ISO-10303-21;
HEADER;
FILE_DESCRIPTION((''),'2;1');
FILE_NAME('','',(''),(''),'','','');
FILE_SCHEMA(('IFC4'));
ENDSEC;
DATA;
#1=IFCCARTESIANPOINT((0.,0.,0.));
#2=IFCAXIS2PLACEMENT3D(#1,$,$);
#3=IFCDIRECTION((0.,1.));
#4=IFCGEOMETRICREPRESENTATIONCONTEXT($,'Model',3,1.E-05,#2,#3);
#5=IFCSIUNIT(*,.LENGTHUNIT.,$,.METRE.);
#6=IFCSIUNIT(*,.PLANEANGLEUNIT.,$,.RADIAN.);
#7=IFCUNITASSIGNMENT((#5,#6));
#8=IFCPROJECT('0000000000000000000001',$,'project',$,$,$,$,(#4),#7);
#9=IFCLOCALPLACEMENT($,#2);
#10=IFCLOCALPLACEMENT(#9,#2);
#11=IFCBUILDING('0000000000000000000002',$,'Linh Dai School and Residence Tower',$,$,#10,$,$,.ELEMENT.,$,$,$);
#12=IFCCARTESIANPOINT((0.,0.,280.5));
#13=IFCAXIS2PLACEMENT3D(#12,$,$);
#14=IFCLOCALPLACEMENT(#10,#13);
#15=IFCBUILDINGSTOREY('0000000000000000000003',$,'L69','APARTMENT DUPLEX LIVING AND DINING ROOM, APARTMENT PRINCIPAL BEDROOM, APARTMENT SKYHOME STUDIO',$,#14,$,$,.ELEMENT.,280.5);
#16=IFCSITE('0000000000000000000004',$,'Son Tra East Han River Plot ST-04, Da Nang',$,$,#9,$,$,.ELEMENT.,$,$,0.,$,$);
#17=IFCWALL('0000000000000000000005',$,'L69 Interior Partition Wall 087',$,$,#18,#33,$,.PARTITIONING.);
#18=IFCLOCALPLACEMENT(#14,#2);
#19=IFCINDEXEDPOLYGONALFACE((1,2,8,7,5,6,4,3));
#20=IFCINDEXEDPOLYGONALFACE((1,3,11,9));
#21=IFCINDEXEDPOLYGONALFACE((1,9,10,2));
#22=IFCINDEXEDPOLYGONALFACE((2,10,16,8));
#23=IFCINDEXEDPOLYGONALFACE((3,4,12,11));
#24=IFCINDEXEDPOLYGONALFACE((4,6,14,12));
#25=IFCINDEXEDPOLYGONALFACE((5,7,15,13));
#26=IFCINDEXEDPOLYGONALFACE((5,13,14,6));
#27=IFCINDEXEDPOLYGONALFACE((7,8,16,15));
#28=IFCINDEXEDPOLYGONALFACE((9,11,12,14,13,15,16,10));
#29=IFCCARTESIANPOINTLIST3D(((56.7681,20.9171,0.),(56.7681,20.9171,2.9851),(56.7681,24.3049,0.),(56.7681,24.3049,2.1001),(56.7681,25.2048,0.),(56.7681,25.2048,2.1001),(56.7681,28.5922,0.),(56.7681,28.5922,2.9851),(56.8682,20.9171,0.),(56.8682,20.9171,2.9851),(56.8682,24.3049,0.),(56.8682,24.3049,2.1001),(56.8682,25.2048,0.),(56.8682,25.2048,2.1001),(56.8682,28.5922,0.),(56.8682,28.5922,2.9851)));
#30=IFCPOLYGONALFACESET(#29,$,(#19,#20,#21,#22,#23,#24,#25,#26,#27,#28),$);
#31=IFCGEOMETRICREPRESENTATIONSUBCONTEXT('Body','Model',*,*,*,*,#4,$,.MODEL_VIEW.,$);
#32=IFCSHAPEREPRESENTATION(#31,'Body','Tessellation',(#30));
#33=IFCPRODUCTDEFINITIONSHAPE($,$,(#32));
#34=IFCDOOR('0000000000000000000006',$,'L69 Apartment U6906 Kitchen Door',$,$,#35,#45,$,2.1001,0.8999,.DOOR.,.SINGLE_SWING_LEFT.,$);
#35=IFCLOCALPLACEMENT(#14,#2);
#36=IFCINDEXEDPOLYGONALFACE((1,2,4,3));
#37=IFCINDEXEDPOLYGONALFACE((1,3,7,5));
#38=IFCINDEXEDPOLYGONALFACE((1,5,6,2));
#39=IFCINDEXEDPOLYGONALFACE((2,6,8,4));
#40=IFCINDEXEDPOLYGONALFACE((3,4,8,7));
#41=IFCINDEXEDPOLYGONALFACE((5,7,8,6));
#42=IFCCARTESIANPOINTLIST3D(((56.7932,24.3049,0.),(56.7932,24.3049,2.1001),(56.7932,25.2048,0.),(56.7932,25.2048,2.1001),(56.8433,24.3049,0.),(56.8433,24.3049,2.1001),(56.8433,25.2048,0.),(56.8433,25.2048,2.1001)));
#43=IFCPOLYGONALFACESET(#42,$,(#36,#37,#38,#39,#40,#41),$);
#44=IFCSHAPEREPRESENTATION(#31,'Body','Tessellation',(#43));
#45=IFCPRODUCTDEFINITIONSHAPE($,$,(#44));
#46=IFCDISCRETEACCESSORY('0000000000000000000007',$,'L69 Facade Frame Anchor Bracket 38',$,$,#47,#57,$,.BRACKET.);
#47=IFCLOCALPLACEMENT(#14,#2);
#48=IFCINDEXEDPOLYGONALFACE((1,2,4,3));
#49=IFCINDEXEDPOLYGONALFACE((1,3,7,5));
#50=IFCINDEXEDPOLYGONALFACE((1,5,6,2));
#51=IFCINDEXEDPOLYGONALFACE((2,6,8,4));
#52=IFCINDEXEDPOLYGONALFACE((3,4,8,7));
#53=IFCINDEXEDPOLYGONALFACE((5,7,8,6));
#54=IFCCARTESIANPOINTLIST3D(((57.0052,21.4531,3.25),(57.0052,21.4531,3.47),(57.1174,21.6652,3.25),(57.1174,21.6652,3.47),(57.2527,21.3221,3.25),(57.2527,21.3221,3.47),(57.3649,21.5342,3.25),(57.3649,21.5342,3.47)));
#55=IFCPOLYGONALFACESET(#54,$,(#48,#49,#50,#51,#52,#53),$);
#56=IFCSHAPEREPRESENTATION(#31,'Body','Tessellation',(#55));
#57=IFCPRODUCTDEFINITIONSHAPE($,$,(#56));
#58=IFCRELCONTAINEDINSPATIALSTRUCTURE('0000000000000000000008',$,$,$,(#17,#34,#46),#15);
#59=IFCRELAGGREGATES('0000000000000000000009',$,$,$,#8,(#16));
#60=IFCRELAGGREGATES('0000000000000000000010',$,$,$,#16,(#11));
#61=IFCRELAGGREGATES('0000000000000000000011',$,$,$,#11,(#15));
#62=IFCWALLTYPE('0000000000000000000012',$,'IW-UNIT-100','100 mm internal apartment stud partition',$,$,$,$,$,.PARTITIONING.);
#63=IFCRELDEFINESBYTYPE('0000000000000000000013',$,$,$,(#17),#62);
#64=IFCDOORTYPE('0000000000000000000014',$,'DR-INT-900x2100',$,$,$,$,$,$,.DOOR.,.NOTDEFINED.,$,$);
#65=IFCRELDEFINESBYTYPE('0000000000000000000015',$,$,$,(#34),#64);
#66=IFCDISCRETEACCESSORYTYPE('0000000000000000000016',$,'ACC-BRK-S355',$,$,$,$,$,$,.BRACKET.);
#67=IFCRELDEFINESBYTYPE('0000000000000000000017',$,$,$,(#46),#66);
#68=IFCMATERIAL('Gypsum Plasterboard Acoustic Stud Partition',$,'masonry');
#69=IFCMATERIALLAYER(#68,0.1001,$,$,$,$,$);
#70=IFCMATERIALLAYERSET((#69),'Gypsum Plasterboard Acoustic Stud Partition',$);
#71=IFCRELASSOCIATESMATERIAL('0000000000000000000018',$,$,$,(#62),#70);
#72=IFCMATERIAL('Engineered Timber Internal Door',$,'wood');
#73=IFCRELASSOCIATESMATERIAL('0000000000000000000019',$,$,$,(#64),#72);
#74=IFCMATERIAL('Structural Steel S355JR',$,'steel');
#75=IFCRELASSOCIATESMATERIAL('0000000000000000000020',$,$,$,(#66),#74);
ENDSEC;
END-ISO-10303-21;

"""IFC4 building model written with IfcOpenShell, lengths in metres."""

from ifc_helpers import new_model, si_unit, direction, frame, frame_2d, origin, origin_2d, place, context, subcontext, project, spatial, rectangle, extrude, source, transform, mapped, material, layer, layer_set, type_object, element, fill, save


model = new_model("IFC4")

# Units and contexts
model_context = context("Model", 3, precision=1e-05, world=origin(), true_north=direction((0.0, 1.0)))
body_context = subcontext(model_context, "Body", "Model", "MODEL_VIEW")
ifc_project = project(units=[si_unit("LENGTHUNIT", "METRE"), si_unit("PLANEANGLEUNIT", "RADIAN")], contexts=[model_context])

# Site, building, storey
site_placement = place(None, origin())
site = spatial("IfcSite", under=ifc_project, at=site_placement, Name="Son Tra East Han River Plot ST-04, Da Nang", CompositionType="ELEMENT", RefElevation=0.0)
building_placement = place(site_placement, origin())
building = spatial("IfcBuilding", under=site, at=building_placement, Name="Linh Dai School and Residence Tower", CompositionType="ELEMENT")
storey_placement = place(building_placement, frame((0.0, 0.0, 280.5)))
storey = spatial("IfcBuildingStorey", under=building, at=storey_placement, Name="L69", Description="APARTMENT DUPLEX LIVING AND DINING ROOM, APARTMENT PRINCIPAL BEDROOM, APARTMENT SKYHOME STUDIO", CompositionType="ELEMENT", Elevation=280.5)

# Shared definitions
ifc_material_1 = material(Name="Structural Steel S355JR", Category="steel")

# Wall, opening, door
ifc_material_2 = material(Name="Gypsum Plasterboard Acoustic Stud Partition", Category="masonry")
ifc_layer_1 = layer(ifc_material_2, 0.1001)
ifc_layer_set_1 = layer_set([ifc_layer_1], Name="Gypsum Plasterboard Acoustic Stud Partition")
wall_type_1 = type_object("IfcWallType", Name="IW-UNIT-100", Description="100 mm internal apartment stud partition", PredefinedType="PARTITIONING", material=ifc_layer_set_1)
ifc_material_3 = material(Name="Engineered Timber Internal Door", Category="wood")
door_type_1 = type_object("IfcDoorType", Name="DR-INT-900x2100", OperationType="NOTDEFINED", PredefinedType="DOOR", material=ifc_material_3)
shared_shape_1 = source(origin(), body_context, "Body", "SweptSolid", [
    extrude(rectangle(XDim=0.8999, YDim=2.1001, at=origin_2d()), frame((0.45, 0.0249, 1.05), z_axis=(0.0, -1.0, 0.0), x_axis=(1.0, 0.0, 0.0)), (0.0, 0.0, 1.0), 0.05),
])
wall_1_placement = place(storey_placement, frame((56.8181, 20.9172, 0.0), z_axis=(0.0, 0.0, 1.0), x_axis=(0.0, 1.0, 0.0)))
wall_1 = element("IfcWall", 1, at=wall_1_placement, inside=storey, type_object=wall_type_1, Name="L69 Interior Partition Wall 087", PredefinedType="PARTITIONING", context=body_context, shape_type="SweptSolid", body=[
    extrude(rectangle(XDim=7.675, YDim=0.1001, at=frame_2d((3.8374, 0.0))), origin(), (0.0, 0.0, 1.0), 2.9851),
])
opening_1_placement = place(wall_1_placement, frame((3.3877, 0.0, 0.0)))
opening_1 = element("IfcOpeningElement", 2, at=opening_1_placement, cuts=wall_1, PredefinedType="OPENING", context=body_context, shape_type="SweptSolid", body=[
    extrude(rectangle(XDim=0.8999, YDim=2.1001, at=origin_2d()), frame((0.45, 0.0601, 1.05), z_axis=(0.0, -1.0, 0.0), x_axis=(1.0, 0.0, 0.0)), (0.0, 0.0, 1.0), 0.1201),
])
door_1_placement = place(opening_1_placement, origin())
door_1 = element("IfcDoor", 3, at=door_1_placement, inside=storey, type_object=door_type_1, Name="L69 Apartment U6906 Kitchen Door", OperationType="SINGLE_SWING_LEFT", OverallHeight=2.1001, OverallWidth=0.8999, PredefinedType="DOOR", context=body_context, shape_type="MappedRepresentation", body=[
    mapped(shared_shape_1, transform((0.0, 0.0, 0.0), x_axis=(1.0, 0.0, 0.0), y_axis=(0.0, 1.0, 0.0), z_axis=(0.0, 0.0, 1.0), scale=1.0)),
])
fill(opening_1, door_1)

# Discrete accessory
discrete_accessory_type = type_object("IfcDiscreteAccessoryType", Name="ACC-BRK-S355", PredefinedType="BRACKET", material=ifc_material_1)
shared_shape_2 = source(origin(), body_context, "Body", "SweptSolid", [
    extrude(rectangle(XDim=0.28, YDim=0.24, at=origin_2d()), origin(), (0.0, 0.0, 1.0), 0.22),
])
discrete_accessory_placement = place(storey_placement, frame((57.1851, 21.4937, 3.25), z_axis=(0.0, 0.0, 1.0), x_axis=(0.883938, -0.467604, 0.0)))
element("IfcDiscreteAccessory", 4, at=discrete_accessory_placement, inside=storey, type_object=discrete_accessory_type, Name="L69 Facade Frame Anchor Bracket 38", PredefinedType="BRACKET", context=body_context, shape_type="MappedRepresentation", body=[
    mapped(shared_shape_2, transform((0.0, 0.0, 0.0), x_axis=(1.0, 0.0, 0.0), y_axis=(0.0, 1.0, 0.0), z_axis=(0.0, 0.0, 1.0), scale=1.0)),
])

save(model, "model.ifc")
